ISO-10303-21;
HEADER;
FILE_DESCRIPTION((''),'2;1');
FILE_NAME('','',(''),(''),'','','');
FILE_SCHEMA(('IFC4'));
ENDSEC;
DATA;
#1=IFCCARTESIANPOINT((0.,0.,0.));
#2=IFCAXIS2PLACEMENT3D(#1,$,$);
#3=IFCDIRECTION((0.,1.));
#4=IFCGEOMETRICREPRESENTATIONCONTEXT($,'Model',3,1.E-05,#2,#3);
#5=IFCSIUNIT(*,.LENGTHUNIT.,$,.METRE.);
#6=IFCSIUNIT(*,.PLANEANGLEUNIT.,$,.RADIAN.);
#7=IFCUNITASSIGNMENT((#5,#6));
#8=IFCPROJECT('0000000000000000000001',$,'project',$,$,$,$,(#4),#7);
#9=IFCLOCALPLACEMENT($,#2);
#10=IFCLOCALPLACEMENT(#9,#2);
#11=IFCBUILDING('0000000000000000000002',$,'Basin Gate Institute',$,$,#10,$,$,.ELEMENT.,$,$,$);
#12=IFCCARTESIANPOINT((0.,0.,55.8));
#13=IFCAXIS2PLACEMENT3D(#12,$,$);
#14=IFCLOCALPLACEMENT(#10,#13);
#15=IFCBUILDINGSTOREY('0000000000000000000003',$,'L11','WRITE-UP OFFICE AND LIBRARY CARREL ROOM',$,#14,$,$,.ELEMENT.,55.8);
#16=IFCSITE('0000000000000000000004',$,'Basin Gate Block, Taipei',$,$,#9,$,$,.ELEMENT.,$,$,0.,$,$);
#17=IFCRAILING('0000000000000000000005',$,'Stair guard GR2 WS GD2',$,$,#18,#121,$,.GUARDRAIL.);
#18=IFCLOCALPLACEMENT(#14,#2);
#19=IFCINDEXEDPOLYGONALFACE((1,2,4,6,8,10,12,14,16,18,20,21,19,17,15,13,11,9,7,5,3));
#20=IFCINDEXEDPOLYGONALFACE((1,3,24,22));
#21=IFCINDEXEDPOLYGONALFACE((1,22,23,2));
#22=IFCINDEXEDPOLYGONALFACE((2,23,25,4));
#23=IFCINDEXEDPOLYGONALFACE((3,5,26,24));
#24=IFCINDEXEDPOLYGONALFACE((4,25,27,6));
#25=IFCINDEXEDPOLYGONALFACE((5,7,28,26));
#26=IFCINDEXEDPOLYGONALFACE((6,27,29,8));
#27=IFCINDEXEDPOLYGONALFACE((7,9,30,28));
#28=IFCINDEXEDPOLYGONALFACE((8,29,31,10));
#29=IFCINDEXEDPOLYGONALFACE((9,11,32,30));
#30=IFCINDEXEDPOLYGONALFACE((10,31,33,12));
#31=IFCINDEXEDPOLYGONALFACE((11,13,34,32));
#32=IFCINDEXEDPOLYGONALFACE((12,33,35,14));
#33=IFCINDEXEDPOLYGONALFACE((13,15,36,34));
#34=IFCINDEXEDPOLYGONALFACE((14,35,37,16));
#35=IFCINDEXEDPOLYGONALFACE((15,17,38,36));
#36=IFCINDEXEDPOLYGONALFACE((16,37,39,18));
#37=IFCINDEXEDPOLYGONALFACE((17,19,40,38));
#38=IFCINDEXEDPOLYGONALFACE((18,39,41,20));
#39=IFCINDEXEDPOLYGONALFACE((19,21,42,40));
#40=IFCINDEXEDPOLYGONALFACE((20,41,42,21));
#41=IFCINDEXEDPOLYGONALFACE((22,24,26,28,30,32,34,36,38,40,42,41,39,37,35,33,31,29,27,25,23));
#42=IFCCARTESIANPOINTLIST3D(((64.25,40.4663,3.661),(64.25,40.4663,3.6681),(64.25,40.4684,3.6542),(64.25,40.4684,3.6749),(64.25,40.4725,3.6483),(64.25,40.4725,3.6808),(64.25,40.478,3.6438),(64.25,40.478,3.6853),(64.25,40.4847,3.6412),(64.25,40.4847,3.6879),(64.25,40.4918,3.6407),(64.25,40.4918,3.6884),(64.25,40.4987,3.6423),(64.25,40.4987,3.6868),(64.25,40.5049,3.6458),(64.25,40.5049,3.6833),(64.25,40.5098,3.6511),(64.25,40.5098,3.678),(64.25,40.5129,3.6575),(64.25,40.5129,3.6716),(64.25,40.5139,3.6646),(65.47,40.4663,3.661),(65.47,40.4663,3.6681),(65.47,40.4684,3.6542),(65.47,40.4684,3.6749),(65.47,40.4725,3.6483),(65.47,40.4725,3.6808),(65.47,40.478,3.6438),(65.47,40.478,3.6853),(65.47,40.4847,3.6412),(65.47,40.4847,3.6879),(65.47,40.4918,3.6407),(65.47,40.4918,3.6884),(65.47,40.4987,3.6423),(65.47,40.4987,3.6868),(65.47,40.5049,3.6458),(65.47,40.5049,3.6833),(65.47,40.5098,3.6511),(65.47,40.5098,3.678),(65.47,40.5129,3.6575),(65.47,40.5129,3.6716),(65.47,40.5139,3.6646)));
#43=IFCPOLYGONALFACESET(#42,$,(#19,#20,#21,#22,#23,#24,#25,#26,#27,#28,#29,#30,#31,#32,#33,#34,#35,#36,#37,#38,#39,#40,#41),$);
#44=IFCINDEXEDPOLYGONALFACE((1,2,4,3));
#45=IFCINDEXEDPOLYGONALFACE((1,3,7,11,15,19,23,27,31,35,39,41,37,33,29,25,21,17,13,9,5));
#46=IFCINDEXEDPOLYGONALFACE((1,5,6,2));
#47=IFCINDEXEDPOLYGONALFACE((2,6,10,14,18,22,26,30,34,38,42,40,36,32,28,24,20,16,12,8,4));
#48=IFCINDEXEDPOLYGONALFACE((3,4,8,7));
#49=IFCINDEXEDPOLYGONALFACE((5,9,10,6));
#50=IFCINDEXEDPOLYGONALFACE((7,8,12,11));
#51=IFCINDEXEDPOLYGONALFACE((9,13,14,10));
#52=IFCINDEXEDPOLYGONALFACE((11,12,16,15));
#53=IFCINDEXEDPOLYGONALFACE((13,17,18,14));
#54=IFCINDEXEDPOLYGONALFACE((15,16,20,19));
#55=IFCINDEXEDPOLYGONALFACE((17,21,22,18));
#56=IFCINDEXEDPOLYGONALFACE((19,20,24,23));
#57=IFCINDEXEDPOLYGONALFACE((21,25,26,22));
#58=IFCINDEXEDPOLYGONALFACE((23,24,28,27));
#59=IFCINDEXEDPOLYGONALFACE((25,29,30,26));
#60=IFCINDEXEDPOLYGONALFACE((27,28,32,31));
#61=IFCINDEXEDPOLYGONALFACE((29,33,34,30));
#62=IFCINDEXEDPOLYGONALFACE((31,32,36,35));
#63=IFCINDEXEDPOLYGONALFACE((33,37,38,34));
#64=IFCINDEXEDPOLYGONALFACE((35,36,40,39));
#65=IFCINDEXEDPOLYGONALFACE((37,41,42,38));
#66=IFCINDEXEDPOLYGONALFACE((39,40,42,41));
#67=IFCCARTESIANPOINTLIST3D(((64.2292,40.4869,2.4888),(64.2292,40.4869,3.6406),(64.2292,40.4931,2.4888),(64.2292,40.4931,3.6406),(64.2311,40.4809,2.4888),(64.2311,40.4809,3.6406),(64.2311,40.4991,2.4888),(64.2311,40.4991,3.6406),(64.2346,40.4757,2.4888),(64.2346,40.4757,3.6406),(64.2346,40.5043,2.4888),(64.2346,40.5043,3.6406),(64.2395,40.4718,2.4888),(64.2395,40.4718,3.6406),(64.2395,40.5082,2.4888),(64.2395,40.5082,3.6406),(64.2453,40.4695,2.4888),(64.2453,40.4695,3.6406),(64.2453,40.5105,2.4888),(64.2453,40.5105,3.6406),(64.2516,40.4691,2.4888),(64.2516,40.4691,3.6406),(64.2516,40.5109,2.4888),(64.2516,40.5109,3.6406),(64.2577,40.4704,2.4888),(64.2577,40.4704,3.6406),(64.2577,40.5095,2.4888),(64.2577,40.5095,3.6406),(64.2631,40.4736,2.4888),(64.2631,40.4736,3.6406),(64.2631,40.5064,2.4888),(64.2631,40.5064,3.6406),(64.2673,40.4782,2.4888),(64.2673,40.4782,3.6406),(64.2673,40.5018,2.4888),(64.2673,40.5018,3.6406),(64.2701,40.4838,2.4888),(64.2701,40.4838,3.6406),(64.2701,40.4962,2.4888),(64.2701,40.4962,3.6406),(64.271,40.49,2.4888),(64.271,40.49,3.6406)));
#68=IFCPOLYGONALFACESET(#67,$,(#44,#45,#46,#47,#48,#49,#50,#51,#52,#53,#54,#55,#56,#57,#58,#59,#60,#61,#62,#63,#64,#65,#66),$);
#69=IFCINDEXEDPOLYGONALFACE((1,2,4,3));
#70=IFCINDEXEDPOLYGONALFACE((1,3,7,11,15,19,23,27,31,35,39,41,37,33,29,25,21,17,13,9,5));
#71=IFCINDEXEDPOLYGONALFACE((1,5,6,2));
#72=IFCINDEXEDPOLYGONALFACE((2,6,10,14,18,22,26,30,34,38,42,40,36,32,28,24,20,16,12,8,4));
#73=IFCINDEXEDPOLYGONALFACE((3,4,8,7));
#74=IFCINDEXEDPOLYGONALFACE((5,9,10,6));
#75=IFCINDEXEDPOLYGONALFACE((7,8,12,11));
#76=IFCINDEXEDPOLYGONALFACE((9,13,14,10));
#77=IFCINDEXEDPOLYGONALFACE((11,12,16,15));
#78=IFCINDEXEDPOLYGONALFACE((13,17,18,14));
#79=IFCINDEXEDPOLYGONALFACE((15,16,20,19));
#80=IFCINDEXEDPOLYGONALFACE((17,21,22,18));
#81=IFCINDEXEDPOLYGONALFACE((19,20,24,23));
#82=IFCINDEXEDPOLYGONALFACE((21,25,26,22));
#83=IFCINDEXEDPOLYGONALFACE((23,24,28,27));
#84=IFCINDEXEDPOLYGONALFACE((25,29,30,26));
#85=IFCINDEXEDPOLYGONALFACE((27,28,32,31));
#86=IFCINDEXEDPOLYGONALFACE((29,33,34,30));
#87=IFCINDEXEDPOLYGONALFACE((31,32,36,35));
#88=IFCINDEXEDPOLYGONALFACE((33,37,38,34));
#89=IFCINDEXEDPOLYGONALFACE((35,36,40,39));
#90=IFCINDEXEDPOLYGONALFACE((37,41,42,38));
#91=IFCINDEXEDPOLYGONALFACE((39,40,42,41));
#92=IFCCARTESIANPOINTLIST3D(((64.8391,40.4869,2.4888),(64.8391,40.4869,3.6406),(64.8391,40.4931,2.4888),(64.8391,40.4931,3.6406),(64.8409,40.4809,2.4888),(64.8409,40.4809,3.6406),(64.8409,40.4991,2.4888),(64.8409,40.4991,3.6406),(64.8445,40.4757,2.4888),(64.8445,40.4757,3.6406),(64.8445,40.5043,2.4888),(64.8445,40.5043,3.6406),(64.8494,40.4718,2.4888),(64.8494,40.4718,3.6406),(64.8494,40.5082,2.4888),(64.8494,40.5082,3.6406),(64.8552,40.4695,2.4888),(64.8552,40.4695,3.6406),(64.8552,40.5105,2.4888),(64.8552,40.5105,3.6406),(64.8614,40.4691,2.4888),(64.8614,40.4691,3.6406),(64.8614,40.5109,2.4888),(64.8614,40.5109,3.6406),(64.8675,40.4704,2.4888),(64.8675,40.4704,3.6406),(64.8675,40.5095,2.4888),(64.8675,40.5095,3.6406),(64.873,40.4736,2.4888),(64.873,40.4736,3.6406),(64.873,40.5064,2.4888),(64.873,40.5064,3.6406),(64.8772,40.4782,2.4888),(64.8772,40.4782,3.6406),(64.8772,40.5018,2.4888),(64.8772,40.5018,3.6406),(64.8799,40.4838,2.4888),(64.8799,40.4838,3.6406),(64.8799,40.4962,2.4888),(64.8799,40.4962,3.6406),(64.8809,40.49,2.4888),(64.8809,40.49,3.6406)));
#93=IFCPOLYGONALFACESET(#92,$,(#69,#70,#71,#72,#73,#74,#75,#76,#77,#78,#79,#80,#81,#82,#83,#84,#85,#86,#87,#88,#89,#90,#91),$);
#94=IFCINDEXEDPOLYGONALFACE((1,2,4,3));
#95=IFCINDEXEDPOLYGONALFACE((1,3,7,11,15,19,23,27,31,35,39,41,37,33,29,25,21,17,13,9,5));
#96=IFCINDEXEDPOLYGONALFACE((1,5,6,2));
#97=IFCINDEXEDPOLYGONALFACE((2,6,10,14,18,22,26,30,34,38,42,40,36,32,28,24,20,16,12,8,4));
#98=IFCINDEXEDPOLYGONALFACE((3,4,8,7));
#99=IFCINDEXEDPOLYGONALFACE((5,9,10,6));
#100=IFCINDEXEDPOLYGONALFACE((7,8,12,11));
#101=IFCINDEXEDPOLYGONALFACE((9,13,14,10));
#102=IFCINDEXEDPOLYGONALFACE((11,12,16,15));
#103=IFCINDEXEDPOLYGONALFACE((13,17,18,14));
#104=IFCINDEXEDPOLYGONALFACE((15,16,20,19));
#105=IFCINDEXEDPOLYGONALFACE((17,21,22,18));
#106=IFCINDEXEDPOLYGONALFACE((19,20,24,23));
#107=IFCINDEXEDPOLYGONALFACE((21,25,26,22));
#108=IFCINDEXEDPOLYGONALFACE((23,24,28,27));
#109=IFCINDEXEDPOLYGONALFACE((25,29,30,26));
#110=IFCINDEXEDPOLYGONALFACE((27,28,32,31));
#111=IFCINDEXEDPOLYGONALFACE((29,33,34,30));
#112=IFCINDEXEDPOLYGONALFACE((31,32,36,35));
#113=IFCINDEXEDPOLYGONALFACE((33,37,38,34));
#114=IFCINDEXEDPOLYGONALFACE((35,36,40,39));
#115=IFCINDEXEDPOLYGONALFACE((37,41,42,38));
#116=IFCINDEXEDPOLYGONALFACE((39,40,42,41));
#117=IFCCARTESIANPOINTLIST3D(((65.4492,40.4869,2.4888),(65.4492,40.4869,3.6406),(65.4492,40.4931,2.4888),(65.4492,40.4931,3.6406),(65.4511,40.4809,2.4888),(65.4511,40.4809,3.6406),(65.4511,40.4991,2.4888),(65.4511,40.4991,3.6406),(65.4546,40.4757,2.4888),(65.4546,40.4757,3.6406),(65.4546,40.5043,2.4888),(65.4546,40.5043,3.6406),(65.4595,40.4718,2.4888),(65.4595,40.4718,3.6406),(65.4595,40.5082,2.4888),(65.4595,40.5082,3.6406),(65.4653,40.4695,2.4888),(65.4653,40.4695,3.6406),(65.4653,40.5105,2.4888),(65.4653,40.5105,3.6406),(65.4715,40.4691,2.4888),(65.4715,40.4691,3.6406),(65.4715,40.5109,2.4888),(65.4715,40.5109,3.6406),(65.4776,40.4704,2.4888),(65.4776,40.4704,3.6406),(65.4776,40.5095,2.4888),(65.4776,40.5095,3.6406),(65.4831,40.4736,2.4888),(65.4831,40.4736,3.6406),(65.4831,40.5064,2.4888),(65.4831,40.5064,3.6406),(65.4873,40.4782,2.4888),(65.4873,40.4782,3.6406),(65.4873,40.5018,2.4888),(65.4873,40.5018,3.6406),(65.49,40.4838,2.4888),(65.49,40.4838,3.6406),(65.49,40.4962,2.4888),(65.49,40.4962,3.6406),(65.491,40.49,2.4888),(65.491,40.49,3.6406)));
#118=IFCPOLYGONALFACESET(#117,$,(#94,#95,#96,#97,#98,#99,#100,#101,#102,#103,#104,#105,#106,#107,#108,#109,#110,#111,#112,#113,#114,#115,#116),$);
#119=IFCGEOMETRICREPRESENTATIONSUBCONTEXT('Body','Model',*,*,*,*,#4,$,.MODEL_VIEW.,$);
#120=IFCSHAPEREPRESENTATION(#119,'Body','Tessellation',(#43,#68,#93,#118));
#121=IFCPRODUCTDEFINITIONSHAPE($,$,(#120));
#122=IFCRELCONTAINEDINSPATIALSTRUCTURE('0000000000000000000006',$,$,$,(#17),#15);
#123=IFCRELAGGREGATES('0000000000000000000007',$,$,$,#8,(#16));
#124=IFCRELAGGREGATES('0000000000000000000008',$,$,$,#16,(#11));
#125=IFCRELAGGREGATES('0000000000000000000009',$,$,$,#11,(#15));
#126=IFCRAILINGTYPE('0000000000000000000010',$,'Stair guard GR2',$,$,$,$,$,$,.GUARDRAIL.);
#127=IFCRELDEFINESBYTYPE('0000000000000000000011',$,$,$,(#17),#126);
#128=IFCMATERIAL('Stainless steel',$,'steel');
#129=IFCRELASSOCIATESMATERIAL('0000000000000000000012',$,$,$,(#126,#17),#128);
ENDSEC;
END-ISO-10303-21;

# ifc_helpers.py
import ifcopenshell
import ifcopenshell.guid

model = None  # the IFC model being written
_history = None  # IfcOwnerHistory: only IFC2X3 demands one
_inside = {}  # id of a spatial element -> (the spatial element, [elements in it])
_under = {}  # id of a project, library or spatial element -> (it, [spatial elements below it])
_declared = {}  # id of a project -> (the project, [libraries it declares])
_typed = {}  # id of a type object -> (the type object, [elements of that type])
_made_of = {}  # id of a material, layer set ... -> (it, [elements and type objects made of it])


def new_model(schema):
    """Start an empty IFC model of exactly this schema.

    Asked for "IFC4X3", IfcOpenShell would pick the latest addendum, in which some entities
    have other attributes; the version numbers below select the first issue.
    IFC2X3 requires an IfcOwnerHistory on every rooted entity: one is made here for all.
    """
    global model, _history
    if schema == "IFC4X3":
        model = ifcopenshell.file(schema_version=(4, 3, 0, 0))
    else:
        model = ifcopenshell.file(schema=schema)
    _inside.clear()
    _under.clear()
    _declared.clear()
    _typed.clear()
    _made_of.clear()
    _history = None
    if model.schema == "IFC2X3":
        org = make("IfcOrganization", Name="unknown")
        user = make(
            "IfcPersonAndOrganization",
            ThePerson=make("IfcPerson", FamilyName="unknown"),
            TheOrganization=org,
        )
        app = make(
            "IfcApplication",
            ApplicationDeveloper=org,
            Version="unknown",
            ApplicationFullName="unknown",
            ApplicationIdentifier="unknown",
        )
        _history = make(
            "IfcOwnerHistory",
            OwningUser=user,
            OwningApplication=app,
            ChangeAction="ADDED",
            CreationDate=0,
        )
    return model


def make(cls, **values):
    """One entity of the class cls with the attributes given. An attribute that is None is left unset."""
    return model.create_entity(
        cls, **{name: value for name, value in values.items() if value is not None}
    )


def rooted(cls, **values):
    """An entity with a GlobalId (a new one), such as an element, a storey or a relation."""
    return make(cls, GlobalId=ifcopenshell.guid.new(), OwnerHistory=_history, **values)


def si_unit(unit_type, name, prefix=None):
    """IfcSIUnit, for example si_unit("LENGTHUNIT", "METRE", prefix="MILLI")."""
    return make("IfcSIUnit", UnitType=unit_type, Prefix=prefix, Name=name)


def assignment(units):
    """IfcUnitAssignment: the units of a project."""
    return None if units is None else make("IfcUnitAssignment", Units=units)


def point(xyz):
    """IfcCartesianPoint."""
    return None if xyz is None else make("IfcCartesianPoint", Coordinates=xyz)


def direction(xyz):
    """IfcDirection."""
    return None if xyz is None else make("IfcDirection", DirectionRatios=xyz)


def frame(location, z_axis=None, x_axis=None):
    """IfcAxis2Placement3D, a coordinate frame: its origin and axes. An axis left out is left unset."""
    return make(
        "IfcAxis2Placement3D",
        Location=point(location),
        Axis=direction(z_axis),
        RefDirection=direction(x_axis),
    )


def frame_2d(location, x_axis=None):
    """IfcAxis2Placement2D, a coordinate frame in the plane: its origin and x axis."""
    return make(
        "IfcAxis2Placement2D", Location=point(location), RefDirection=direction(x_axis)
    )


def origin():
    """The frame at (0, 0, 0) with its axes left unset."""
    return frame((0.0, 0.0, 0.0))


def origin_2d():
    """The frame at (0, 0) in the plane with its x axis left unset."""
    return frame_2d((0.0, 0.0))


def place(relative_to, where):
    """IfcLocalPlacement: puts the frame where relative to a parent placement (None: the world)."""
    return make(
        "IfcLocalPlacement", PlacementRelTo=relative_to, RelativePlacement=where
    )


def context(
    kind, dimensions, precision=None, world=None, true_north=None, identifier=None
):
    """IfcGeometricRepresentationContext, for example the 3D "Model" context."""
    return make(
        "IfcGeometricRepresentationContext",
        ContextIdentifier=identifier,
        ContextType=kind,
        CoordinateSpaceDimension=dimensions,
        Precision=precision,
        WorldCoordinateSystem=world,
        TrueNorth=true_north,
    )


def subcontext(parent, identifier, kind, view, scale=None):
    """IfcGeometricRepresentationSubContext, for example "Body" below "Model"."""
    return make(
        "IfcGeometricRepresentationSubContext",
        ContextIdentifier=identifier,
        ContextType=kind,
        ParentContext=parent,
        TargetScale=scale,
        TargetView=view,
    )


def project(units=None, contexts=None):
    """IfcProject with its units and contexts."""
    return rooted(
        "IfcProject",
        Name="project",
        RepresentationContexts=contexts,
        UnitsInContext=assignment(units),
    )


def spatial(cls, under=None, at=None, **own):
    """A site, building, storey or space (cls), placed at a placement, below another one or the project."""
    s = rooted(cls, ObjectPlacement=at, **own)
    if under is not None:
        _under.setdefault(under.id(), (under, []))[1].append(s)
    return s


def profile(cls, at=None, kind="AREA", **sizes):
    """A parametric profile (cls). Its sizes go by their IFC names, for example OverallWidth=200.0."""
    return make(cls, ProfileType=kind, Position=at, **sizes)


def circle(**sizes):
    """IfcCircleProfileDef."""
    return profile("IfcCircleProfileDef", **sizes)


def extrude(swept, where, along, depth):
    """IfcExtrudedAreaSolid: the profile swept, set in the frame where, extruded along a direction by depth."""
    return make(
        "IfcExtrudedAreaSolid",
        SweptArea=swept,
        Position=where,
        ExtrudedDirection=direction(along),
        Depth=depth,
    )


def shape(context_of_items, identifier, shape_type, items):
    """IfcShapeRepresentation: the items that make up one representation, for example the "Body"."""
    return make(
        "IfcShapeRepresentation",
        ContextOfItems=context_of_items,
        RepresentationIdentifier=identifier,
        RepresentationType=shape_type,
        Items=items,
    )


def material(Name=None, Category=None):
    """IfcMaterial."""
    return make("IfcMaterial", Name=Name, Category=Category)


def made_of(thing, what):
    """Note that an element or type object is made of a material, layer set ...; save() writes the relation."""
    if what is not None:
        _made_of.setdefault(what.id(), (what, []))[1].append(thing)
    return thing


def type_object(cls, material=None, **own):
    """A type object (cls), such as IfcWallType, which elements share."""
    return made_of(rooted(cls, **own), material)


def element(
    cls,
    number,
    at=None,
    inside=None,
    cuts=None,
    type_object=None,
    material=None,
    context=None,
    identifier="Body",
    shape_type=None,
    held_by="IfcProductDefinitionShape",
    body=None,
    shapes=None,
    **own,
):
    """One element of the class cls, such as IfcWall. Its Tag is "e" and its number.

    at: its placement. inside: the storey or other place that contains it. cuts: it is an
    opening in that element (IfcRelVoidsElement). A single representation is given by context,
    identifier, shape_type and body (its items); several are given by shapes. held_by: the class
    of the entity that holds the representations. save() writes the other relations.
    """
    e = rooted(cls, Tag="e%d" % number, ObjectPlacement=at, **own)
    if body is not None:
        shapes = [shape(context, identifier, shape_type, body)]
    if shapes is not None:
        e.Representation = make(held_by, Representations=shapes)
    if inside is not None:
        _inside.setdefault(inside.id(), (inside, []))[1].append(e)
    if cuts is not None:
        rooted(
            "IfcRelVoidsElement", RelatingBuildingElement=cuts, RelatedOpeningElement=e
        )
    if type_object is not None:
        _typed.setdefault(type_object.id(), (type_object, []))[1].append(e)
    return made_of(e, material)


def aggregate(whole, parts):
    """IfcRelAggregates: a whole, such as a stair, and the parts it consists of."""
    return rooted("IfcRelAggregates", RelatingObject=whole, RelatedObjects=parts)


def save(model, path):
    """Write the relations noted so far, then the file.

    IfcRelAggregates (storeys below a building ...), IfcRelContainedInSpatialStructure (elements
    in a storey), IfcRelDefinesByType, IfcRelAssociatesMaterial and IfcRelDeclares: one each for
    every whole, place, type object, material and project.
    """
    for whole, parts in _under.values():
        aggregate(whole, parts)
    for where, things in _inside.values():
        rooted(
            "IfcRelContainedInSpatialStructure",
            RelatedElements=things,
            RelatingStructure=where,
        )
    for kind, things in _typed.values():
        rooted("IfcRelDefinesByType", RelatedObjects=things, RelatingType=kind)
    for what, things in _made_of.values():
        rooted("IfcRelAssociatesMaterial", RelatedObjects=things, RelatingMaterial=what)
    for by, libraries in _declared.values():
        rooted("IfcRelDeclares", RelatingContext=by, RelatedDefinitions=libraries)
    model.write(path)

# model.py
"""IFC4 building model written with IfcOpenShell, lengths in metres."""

from ifc_helpers import new_model, si_unit, direction, frame, origin, origin_2d, place, context, subcontext, project, spatial, circle, extrude, material, type_object, element, save


model = new_model("IFC4")

# Units and contexts
model_context = context("Model", 3, precision=1e-05, world=origin(), true_north=direction((0.0, 1.0)))
body_context = subcontext(model_context, "Body", "Model", "MODEL_VIEW")
ifc_project = project(units=[si_unit("LENGTHUNIT", "METRE"), si_unit("PLANEANGLEUNIT", "RADIAN")], contexts=[model_context])

# Site, building, storey
site_placement = place(None, origin())
site = spatial("IfcSite", under=ifc_project, at=site_placement, Name="Basin Gate Block, Taipei", CompositionType="ELEMENT", RefElevation=0.0)
building_placement = place(site_placement, origin())
building = spatial("IfcBuilding", under=site, at=building_placement, Name="Basin Gate Institute", CompositionType="ELEMENT")
storey_placement = place(building_placement, frame((0.0, 0.0, 55.8)))
storey = spatial("IfcBuildingStorey", under=building, at=storey_placement, Name="L11", Description="WRITE-UP OFFICE AND LIBRARY CARREL ROOM", CompositionType="ELEMENT", Elevation=55.8)

# Railing
ifc_material_1 = material(Name="Stainless steel", Category="steel")
railing_type_1 = type_object("IfcRailingType", Name="Stair guard GR2", PredefinedType="GUARDRAIL", material=ifc_material_1)
railing_1_placement = place(storey_placement, frame((64.25, 40.49, 2.4888)))
element("IfcRailing", 1, at=railing_1_placement, inside=storey, type_object=railing_type_1, material=ifc_material_1, Name="Stair guard GR2 WS GD2", PredefinedType="GUARDRAIL", context=body_context, shape_type="SweptSolid", body=[
    extrude(circle(Radius=0.0239, at=origin_2d()), frame((0.0, 0.0, 1.1758), z_axis=(1.0, 0.0, 0.0), x_axis=(0.0, 1.0, 0.0)), (0.0, 0.0, 1.0), 1.22),
    extrude(circle(Radius=0.021, at=origin_2d()), origin(), (0.0, 0.0, 1.0), 1.1519),
    extrude(circle(Radius=0.021, at=origin_2d()), frame((0.6099, 0.0, 0.0)), (0.0, 0.0, 1.0), 1.1519),
    extrude(circle(Radius=0.021, at=origin_2d()), frame((1.22, 0.0, 0.0)), (0.0, 0.0, 1.0), 1.1519),
])

save(model, "model.ifc")
